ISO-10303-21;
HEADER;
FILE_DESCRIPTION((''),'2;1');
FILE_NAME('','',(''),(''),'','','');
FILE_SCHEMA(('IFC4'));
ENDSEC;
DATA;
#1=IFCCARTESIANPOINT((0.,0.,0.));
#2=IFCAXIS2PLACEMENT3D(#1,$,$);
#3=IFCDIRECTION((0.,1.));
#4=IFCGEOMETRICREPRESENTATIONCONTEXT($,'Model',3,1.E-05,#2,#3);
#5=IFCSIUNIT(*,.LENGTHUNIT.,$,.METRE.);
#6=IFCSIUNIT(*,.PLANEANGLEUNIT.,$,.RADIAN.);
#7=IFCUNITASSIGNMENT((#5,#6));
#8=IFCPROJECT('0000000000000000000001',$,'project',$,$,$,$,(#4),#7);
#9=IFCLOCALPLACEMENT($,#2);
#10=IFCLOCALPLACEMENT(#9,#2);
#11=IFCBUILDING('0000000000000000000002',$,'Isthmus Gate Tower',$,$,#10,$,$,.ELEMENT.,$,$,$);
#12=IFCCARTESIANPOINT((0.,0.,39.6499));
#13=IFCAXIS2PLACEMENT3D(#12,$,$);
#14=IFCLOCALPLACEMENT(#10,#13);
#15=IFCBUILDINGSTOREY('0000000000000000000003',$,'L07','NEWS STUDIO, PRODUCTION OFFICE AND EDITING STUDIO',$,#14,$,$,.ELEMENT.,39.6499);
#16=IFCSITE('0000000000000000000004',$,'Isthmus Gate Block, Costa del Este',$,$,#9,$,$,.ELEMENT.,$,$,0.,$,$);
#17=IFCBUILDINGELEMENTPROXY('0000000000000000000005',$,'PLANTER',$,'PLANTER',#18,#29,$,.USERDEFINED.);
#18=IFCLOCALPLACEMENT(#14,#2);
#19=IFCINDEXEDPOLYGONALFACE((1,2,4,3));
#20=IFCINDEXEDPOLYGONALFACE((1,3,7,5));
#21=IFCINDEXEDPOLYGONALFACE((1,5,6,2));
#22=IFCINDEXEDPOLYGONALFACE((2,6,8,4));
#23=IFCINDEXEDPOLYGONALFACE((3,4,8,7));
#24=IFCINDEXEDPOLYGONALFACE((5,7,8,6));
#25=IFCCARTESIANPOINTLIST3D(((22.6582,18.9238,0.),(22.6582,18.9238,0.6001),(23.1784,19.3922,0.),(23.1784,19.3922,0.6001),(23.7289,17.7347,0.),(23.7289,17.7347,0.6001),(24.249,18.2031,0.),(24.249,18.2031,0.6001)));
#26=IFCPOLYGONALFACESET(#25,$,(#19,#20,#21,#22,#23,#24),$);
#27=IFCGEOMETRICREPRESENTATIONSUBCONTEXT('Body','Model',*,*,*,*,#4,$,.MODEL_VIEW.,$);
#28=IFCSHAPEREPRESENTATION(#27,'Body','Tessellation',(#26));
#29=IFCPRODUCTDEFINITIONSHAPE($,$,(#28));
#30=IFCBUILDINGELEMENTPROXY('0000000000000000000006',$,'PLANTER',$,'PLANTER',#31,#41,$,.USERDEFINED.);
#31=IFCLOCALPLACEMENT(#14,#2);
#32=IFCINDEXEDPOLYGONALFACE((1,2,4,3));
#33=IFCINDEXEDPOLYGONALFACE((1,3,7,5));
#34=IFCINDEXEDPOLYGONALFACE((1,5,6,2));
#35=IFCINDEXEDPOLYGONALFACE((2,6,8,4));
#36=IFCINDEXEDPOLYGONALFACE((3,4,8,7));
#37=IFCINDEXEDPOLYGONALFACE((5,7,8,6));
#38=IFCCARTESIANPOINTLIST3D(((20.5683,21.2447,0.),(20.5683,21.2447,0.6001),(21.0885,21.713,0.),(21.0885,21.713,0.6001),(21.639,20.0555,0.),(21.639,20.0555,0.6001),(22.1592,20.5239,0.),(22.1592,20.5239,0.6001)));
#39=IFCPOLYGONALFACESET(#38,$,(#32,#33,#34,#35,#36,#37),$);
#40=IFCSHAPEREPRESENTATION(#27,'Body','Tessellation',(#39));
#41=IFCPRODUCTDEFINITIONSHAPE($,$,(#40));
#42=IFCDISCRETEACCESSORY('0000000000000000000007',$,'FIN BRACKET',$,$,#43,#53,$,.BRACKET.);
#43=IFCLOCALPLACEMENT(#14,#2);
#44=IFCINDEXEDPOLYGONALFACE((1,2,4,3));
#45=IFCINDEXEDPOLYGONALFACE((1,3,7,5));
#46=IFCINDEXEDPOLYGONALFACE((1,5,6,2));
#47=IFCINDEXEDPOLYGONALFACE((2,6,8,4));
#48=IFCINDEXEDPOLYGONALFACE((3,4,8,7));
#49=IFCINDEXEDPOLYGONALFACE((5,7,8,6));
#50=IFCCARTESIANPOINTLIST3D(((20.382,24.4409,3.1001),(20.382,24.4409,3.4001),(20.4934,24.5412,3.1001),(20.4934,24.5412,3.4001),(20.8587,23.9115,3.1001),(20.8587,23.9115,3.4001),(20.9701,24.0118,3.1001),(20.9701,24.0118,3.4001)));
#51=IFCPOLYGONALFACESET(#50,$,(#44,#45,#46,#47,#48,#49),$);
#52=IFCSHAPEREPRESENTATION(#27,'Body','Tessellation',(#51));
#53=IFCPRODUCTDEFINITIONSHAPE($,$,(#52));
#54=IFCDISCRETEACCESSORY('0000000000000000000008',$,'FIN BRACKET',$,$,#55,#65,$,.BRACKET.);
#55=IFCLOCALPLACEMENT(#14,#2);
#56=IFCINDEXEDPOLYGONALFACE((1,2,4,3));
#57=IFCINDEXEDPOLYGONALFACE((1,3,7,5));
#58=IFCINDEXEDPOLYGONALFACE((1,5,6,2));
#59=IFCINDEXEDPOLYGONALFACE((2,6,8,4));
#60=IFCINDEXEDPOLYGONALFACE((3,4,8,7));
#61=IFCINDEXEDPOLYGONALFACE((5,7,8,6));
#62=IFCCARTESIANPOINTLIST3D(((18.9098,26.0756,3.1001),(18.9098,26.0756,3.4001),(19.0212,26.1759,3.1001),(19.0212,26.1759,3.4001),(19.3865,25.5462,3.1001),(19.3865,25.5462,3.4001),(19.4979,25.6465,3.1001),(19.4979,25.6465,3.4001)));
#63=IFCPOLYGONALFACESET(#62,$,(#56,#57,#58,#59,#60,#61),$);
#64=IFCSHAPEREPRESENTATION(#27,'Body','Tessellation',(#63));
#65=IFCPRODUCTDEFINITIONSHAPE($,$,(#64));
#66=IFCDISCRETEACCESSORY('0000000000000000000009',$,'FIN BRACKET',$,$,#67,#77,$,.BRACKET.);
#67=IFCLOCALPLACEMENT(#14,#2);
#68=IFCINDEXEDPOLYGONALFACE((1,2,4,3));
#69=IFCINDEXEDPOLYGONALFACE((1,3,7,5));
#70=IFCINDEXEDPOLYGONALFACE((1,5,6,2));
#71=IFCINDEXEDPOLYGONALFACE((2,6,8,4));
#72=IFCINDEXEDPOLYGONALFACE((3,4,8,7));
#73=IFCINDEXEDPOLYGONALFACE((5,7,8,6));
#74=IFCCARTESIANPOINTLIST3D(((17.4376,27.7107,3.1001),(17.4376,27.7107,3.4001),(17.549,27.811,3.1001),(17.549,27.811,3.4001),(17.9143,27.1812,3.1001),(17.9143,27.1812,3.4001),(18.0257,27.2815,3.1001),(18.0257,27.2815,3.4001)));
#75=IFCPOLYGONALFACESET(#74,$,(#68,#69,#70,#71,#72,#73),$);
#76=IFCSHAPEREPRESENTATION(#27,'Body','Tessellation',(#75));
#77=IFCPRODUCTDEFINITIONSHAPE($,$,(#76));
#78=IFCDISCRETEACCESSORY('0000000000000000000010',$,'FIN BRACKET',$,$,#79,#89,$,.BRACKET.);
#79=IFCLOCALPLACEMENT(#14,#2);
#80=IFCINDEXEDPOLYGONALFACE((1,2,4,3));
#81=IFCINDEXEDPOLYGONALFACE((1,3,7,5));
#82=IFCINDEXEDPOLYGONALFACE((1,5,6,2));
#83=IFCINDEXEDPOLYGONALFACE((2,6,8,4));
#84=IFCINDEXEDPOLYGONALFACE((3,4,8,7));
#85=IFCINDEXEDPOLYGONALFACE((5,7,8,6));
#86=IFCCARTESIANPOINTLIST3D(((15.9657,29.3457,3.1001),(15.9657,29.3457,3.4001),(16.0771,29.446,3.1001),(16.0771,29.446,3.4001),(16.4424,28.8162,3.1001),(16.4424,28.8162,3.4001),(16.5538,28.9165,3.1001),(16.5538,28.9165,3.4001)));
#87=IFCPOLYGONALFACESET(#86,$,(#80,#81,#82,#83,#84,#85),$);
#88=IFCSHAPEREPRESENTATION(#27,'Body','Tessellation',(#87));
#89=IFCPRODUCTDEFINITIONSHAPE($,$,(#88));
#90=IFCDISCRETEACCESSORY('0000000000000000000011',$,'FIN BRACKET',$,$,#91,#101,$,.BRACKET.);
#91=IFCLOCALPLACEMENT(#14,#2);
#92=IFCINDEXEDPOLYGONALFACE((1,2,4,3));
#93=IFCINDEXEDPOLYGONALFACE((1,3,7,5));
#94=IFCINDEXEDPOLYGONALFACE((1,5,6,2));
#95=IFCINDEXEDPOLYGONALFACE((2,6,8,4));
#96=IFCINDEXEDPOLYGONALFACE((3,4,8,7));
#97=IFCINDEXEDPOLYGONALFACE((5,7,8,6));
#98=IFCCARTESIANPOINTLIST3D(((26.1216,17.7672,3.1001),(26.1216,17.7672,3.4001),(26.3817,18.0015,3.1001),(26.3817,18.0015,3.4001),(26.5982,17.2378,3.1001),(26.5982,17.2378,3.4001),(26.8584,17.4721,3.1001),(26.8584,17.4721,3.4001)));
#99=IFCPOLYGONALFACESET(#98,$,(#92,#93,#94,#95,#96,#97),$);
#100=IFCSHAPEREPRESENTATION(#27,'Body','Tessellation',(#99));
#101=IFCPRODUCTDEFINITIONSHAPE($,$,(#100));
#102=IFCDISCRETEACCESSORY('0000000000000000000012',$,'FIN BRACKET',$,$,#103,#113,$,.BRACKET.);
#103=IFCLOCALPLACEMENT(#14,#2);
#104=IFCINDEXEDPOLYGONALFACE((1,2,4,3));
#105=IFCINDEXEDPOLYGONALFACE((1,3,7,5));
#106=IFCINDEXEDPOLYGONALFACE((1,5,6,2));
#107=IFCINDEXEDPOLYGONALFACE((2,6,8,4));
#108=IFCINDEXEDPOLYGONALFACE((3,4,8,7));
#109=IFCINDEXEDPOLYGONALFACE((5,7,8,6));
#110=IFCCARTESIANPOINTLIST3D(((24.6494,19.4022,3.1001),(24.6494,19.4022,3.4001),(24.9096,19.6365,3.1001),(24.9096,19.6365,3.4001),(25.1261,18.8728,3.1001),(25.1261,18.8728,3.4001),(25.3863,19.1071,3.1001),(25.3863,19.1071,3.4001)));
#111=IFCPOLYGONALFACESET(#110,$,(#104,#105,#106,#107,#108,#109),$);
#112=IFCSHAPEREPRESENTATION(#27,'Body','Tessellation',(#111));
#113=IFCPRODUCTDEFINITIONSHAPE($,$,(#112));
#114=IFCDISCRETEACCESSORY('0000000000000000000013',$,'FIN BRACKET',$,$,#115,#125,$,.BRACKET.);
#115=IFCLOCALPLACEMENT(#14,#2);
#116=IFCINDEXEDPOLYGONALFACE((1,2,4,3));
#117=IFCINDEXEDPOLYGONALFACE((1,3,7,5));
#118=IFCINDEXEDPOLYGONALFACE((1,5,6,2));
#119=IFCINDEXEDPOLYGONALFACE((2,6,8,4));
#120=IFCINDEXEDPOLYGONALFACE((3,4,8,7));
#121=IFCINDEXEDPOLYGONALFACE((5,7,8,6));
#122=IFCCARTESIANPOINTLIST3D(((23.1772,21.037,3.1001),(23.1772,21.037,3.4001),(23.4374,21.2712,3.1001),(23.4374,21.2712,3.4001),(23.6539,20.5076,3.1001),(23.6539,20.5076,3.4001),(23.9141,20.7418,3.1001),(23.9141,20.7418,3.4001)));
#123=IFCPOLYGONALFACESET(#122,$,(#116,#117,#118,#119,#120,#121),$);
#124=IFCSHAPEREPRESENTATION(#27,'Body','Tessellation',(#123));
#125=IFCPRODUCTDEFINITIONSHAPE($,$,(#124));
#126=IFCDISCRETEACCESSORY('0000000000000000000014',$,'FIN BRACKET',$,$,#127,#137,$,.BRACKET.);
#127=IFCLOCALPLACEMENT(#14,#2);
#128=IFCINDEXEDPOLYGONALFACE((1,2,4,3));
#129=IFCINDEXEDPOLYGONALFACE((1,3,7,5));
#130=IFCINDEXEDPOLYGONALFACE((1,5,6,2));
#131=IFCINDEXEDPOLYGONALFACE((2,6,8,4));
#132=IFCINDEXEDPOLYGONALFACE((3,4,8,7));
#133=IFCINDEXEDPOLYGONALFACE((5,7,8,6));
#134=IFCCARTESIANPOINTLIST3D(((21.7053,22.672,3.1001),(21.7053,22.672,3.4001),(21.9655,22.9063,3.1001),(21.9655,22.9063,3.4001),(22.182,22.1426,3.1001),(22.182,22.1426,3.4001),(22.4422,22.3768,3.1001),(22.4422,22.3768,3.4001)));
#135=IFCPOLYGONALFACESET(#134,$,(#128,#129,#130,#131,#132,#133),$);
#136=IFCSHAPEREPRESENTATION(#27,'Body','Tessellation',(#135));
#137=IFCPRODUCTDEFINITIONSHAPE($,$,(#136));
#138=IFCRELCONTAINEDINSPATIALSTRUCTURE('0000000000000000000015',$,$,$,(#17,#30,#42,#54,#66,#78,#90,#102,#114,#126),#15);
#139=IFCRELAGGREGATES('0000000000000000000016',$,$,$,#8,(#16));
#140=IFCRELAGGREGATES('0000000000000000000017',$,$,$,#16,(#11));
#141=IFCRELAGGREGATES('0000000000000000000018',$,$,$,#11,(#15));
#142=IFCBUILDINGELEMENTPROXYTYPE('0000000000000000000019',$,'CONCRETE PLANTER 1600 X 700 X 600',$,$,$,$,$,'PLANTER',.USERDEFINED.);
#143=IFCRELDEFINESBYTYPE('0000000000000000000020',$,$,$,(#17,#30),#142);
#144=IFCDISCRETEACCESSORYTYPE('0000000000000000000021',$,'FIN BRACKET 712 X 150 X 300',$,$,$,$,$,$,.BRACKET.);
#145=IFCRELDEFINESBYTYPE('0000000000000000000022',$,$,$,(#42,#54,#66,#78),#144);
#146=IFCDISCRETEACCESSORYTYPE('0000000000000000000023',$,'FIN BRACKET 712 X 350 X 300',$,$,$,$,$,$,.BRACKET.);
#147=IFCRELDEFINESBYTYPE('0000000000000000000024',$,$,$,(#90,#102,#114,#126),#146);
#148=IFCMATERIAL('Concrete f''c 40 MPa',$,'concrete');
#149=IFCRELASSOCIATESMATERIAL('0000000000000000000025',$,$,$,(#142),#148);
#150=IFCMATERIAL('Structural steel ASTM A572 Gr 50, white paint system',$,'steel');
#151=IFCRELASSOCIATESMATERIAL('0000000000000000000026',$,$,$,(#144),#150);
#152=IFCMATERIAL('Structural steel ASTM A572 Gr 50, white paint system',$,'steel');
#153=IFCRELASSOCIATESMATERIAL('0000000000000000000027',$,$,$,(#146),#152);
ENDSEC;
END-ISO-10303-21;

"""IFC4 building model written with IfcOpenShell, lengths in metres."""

from ifc_helpers import new_model, si_unit, direction, frame, origin, origin_2d, place, context, subcontext, project, spatial, rectangle, extrude, material, type_object, element, save


model = new_model("IFC4")

# Units and contexts
model_context = context("Model", 3, precision=1e-05, world=origin(), true_north=direction((0.0, 1.0)))
body_context = subcontext(model_context, "Body", "Model", "MODEL_VIEW")
ifc_project = project(units=[si_unit("LENGTHUNIT", "METRE"), si_unit("PLANEANGLEUNIT", "RADIAN")], contexts=[model_context])

# Site, building, storey
site_placement = place(None, origin())
site = spatial("IfcSite", under=ifc_project, at=site_placement, Name="Isthmus Gate Block, Costa del Este", CompositionType="ELEMENT", RefElevation=0.0)
building_placement = place(site_placement, origin())
building = spatial("IfcBuilding", under=site, at=building_placement, Name="Isthmus Gate Tower", CompositionType="ELEMENT")
storey_placement = place(building_placement, frame((0.0, 0.0, 39.6499)))
storey = spatial("IfcBuildingStorey", under=building, at=storey_placement, Name="L07", Description="NEWS STUDIO, PRODUCTION OFFICE AND EDITING STUDIO", CompositionType="ELEMENT", Elevation=39.6499)

# Building element proxies
ifc_material_1 = material(Name="Concrete f'c 40 MPa", Category="concrete")
building_element_proxy_type = type_object("IfcBuildingElementProxyType", Name="CONCRETE PLANTER 1600 X 700 X 600", ElementType="PLANTER", PredefinedType="USERDEFINED", material=ifc_material_1)
for number, where, z_axis, x_axis, name in (
    (1, (23.4536, 18.5635, 0.0), (0.0, 0.0, 1.0), (-0.669131, 0.743145, 0.0), "PLANTER"),
    (2, (21.3638, 20.8843, 0.0), (0.0, 0.0, 1.0), (-0.669131, 0.743145, 0.0), "PLANTER"),
):
    element("IfcBuildingElementProxy", number, at=place(storey_placement, frame(where, z_axis=z_axis, x_axis=x_axis)), inside=storey, type_object=building_element_proxy_type, Name=name, ObjectType="PLANTER", PredefinedType="USERDEFINED", context=body_context, shape_type="SweptSolid", body=[
        extrude(rectangle(XDim=1.6001, YDim=0.7, at=origin_2d()), origin(), (0.0, 0.0, 1.0), 0.6001),
    ])

# Discrete accessories
ifc_material_2 = material(Name="Structural steel ASTM A572 Gr 50, white paint system", Category="steel")
discrete_accessory_type_1 = type_object("IfcDiscreteAccessoryType", Name="FIN BRACKET 712 X 150 X 300", PredefinedType="BRACKET", material=ifc_material_2)
for number, where, z_axis, x_axis, name in (
    (3, (20.676, 24.2263, 3.1001), (0.0, 0.0, 1.0), (0.743145, 0.669131, 0.0), "FIN BRACKET"),
    (4, (19.2039, 25.8611, 3.1001), (0.0, 0.0, 1.0), (0.743145, 0.669131, 0.0), "FIN BRACKET"),
    (5, (17.7317, 27.4961, 3.1001), (0.0, 0.0, 1.0), (0.743145, 0.669131, 0.0), "FIN BRACKET"),
    (6, (16.2598, 29.1311, 3.1001), (0.0, 0.0, 1.0), (0.743145, 0.669131, 0.0), "FIN BRACKET"),
):
    element("IfcDiscreteAccessory", number, at=place(storey_placement, frame(where, z_axis=z_axis, x_axis=x_axis)), inside=storey, type_object=discrete_accessory_type_1, Name=name, PredefinedType="BRACKET", context=body_context, shape_type="SweptSolid", body=[
        extrude(rectangle(XDim=0.1499, YDim=0.7124, at=origin_2d()), origin(), (0.0, 0.0, 1.0), 0.3),
    ])
ifc_material_3 = material(Name="Structural steel ASTM A572 Gr 50, white paint system", Category="steel")
discrete_accessory_type_2 = type_object("IfcDiscreteAccessoryType", Name="FIN BRACKET 712 X 350 X 300", PredefinedType="BRACKET", material=ifc_material_3)
for number, where, z_axis, x_axis, name in (
    (7, (26.49, 17.6196, 3.1001), (0.0, 0.0, 1.0), (0.743145, 0.669131, 0.0), "FIN BRACKET"),
    (8, (25.0178, 19.2546, 3.1001), (0.0, 0.0, 1.0), (0.743145, 0.669131, 0.0), "FIN BRACKET"),
    (9, (23.5457, 20.8894, 3.1001), (0.0, 0.0, 1.0), (0.743145, 0.669131, 0.0), "FIN BRACKET"),
    (10, (22.0737, 22.5244, 3.1001), (0.0, 0.0, 1.0), (0.743145, 0.669131, 0.0), "FIN BRACKET"),
):
    element("IfcDiscreteAccessory", number, at=place(storey_placement, frame(where, z_axis=z_axis, x_axis=x_axis)), inside=storey, type_object=discrete_accessory_type_2, Name=name, PredefinedType="BRACKET", context=body_context, shape_type="SweptSolid", body=[
        extrude(rectangle(XDim=0.3501, YDim=0.7124, at=origin_2d()), origin(), (0.0, 0.0, 1.0), 0.3),
    ])

save(model, "model.ifc")
